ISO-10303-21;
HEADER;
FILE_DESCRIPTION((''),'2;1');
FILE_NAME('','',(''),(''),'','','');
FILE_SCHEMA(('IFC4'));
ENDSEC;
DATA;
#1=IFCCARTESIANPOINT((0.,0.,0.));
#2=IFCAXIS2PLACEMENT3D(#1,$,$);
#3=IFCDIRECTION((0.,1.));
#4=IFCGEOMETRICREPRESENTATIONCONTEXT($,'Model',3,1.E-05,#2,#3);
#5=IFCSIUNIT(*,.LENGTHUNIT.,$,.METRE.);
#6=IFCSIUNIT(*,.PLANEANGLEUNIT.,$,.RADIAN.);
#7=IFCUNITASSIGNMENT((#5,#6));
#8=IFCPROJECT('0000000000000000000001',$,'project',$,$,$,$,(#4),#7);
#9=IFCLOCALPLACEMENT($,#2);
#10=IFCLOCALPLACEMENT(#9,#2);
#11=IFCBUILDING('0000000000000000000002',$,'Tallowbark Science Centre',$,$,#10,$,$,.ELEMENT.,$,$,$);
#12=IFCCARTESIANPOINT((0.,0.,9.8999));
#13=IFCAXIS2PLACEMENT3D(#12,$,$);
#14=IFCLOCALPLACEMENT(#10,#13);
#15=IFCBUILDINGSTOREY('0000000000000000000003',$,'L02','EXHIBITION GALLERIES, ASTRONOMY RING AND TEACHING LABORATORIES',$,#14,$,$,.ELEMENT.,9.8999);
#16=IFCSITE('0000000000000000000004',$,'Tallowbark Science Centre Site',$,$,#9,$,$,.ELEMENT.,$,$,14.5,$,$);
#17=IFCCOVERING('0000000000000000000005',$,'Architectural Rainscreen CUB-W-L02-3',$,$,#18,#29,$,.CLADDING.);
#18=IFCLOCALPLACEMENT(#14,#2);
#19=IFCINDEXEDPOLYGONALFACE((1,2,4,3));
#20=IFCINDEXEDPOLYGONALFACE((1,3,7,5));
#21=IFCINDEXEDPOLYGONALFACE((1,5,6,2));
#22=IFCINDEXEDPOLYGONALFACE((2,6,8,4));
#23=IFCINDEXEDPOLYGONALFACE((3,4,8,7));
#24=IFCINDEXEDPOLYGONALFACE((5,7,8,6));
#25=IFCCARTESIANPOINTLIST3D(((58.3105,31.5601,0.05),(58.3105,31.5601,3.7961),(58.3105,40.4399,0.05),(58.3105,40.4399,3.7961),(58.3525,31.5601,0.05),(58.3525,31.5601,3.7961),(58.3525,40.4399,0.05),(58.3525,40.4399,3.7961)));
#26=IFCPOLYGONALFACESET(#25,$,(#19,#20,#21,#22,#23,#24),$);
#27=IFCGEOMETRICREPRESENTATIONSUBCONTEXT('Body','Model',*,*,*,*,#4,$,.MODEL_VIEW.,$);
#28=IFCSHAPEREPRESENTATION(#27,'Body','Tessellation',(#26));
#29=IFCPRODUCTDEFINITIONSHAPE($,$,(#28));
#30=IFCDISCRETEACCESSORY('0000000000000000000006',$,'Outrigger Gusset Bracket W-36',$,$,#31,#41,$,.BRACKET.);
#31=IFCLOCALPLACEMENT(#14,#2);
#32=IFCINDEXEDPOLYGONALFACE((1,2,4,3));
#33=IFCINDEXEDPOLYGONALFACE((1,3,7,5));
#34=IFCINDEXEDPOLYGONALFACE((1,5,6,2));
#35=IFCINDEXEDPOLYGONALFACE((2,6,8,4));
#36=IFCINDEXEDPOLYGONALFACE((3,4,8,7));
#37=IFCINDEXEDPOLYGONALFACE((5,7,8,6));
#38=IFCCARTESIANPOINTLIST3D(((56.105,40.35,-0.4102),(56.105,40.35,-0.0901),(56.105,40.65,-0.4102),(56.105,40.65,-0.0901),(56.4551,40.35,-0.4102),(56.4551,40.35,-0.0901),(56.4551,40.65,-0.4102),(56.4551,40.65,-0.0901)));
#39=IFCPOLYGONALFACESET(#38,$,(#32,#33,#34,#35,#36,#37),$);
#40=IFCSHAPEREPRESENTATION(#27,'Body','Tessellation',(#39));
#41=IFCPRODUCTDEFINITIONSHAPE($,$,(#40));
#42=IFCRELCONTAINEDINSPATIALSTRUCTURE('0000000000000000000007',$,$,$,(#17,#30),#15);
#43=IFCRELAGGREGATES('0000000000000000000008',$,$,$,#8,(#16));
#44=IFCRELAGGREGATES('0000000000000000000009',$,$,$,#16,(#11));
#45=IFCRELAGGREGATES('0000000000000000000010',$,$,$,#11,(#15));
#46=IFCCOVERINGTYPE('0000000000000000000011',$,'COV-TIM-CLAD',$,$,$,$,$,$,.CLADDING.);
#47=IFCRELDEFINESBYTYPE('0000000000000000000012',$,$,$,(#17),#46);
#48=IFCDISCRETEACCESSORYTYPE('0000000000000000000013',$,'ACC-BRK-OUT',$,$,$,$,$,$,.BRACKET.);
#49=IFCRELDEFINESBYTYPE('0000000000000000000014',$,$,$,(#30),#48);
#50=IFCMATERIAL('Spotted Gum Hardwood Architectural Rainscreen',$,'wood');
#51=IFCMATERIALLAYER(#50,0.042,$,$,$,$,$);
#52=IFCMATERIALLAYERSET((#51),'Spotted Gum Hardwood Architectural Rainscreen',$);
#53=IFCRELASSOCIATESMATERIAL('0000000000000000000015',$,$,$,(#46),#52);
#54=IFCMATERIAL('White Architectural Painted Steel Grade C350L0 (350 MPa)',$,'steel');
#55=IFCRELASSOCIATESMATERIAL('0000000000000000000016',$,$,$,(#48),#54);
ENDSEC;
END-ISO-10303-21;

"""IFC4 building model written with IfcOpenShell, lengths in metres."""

from ifc_helpers import new_model, si_unit, direction, frame, origin, origin_2d, place, context, subcontext, project, spatial, rectangle, extrude, material, layer, layer_set, type_object, element, save


model = new_model("IFC4")

# Units and contexts
model_context = context("Model", 3, precision=1e-05, world=origin(), true_north=direction((0.0, 1.0)))
body_context = subcontext(model_context, "Body", "Model", "MODEL_VIEW")
ifc_project = project(units=[si_unit("LENGTHUNIT", "METRE"), si_unit("PLANEANGLEUNIT", "RADIAN")], contexts=[model_context])

# Site, building, storey
site_placement = place(None, origin())
site = spatial("IfcSite", under=ifc_project, at=site_placement, Name="Tallowbark Science Centre Site", CompositionType="ELEMENT", RefElevation=14.5)
building_placement = place(site_placement, origin())
building = spatial("IfcBuilding", under=site, at=building_placement, Name="Tallowbark Science Centre", CompositionType="ELEMENT")
storey_placement = place(building_placement, frame((0.0, 0.0, 9.8999)))
storey = spatial("IfcBuildingStorey", under=building, at=storey_placement, Name="L02", Description="EXHIBITION GALLERIES, ASTRONOMY RING AND TEACHING LABORATORIES", CompositionType="ELEMENT", Elevation=9.8999)

# Shared definitions
ifc_material_1 = material(Name="White Architectural Painted Steel Grade C350L0 (350 MPa)", Category="steel")

# Covering
ifc_material_2 = material(Name="Spotted Gum Hardwood Architectural Rainscreen", Category="wood")
ifc_layer_1 = layer(ifc_material_2, 0.042)
ifc_layer_set_1 = layer_set([ifc_layer_1], Name="Spotted Gum Hardwood Architectural Rainscreen")
covering_type = type_object("IfcCoveringType", Name="COV-TIM-CLAD", PredefinedType="CLADDING", material=ifc_layer_set_1)
covering_placement = place(storey_placement, frame((58.3315, 36.0, 0.05), z_axis=(0.0, 0.0, 1.0), x_axis=(0.0, -1.0, 0.0)))
element("IfcCovering", 1, at=covering_placement, inside=storey, type_object=covering_type, Name="Architectural Rainscreen CUB-W-L02-3", PredefinedType="CLADDING", context=body_context, shape_type="SweptSolid", body=[
    extrude(rectangle(XDim=8.8799, YDim=0.042, at=origin_2d()), origin(), (0.0, 0.0, 1.0), 3.7461),
])

# Discrete accessory
discrete_accessory_type = type_object("IfcDiscreteAccessoryType", Name="ACC-BRK-OUT", PredefinedType="BRACKET", material=ifc_material_1)
discrete_accessory_placement = place(storey_placement, frame((56.28, 40.5, -0.4102), z_axis=(0.0, 0.0, 1.0), x_axis=(1.0, 0.0, 0.0)))
element("IfcDiscreteAccessory", 2, at=discrete_accessory_placement, inside=storey, type_object=discrete_accessory_type, Name="Outrigger Gusset Bracket W-36", PredefinedType="BRACKET", context=body_context, shape_type="SweptSolid", body=[
    extrude(rectangle(XDim=0.3501, YDim=0.3, at=origin_2d()), origin(), (0.0, 0.0, 1.0), 0.3201),
])

save(model, "model.ifc")
